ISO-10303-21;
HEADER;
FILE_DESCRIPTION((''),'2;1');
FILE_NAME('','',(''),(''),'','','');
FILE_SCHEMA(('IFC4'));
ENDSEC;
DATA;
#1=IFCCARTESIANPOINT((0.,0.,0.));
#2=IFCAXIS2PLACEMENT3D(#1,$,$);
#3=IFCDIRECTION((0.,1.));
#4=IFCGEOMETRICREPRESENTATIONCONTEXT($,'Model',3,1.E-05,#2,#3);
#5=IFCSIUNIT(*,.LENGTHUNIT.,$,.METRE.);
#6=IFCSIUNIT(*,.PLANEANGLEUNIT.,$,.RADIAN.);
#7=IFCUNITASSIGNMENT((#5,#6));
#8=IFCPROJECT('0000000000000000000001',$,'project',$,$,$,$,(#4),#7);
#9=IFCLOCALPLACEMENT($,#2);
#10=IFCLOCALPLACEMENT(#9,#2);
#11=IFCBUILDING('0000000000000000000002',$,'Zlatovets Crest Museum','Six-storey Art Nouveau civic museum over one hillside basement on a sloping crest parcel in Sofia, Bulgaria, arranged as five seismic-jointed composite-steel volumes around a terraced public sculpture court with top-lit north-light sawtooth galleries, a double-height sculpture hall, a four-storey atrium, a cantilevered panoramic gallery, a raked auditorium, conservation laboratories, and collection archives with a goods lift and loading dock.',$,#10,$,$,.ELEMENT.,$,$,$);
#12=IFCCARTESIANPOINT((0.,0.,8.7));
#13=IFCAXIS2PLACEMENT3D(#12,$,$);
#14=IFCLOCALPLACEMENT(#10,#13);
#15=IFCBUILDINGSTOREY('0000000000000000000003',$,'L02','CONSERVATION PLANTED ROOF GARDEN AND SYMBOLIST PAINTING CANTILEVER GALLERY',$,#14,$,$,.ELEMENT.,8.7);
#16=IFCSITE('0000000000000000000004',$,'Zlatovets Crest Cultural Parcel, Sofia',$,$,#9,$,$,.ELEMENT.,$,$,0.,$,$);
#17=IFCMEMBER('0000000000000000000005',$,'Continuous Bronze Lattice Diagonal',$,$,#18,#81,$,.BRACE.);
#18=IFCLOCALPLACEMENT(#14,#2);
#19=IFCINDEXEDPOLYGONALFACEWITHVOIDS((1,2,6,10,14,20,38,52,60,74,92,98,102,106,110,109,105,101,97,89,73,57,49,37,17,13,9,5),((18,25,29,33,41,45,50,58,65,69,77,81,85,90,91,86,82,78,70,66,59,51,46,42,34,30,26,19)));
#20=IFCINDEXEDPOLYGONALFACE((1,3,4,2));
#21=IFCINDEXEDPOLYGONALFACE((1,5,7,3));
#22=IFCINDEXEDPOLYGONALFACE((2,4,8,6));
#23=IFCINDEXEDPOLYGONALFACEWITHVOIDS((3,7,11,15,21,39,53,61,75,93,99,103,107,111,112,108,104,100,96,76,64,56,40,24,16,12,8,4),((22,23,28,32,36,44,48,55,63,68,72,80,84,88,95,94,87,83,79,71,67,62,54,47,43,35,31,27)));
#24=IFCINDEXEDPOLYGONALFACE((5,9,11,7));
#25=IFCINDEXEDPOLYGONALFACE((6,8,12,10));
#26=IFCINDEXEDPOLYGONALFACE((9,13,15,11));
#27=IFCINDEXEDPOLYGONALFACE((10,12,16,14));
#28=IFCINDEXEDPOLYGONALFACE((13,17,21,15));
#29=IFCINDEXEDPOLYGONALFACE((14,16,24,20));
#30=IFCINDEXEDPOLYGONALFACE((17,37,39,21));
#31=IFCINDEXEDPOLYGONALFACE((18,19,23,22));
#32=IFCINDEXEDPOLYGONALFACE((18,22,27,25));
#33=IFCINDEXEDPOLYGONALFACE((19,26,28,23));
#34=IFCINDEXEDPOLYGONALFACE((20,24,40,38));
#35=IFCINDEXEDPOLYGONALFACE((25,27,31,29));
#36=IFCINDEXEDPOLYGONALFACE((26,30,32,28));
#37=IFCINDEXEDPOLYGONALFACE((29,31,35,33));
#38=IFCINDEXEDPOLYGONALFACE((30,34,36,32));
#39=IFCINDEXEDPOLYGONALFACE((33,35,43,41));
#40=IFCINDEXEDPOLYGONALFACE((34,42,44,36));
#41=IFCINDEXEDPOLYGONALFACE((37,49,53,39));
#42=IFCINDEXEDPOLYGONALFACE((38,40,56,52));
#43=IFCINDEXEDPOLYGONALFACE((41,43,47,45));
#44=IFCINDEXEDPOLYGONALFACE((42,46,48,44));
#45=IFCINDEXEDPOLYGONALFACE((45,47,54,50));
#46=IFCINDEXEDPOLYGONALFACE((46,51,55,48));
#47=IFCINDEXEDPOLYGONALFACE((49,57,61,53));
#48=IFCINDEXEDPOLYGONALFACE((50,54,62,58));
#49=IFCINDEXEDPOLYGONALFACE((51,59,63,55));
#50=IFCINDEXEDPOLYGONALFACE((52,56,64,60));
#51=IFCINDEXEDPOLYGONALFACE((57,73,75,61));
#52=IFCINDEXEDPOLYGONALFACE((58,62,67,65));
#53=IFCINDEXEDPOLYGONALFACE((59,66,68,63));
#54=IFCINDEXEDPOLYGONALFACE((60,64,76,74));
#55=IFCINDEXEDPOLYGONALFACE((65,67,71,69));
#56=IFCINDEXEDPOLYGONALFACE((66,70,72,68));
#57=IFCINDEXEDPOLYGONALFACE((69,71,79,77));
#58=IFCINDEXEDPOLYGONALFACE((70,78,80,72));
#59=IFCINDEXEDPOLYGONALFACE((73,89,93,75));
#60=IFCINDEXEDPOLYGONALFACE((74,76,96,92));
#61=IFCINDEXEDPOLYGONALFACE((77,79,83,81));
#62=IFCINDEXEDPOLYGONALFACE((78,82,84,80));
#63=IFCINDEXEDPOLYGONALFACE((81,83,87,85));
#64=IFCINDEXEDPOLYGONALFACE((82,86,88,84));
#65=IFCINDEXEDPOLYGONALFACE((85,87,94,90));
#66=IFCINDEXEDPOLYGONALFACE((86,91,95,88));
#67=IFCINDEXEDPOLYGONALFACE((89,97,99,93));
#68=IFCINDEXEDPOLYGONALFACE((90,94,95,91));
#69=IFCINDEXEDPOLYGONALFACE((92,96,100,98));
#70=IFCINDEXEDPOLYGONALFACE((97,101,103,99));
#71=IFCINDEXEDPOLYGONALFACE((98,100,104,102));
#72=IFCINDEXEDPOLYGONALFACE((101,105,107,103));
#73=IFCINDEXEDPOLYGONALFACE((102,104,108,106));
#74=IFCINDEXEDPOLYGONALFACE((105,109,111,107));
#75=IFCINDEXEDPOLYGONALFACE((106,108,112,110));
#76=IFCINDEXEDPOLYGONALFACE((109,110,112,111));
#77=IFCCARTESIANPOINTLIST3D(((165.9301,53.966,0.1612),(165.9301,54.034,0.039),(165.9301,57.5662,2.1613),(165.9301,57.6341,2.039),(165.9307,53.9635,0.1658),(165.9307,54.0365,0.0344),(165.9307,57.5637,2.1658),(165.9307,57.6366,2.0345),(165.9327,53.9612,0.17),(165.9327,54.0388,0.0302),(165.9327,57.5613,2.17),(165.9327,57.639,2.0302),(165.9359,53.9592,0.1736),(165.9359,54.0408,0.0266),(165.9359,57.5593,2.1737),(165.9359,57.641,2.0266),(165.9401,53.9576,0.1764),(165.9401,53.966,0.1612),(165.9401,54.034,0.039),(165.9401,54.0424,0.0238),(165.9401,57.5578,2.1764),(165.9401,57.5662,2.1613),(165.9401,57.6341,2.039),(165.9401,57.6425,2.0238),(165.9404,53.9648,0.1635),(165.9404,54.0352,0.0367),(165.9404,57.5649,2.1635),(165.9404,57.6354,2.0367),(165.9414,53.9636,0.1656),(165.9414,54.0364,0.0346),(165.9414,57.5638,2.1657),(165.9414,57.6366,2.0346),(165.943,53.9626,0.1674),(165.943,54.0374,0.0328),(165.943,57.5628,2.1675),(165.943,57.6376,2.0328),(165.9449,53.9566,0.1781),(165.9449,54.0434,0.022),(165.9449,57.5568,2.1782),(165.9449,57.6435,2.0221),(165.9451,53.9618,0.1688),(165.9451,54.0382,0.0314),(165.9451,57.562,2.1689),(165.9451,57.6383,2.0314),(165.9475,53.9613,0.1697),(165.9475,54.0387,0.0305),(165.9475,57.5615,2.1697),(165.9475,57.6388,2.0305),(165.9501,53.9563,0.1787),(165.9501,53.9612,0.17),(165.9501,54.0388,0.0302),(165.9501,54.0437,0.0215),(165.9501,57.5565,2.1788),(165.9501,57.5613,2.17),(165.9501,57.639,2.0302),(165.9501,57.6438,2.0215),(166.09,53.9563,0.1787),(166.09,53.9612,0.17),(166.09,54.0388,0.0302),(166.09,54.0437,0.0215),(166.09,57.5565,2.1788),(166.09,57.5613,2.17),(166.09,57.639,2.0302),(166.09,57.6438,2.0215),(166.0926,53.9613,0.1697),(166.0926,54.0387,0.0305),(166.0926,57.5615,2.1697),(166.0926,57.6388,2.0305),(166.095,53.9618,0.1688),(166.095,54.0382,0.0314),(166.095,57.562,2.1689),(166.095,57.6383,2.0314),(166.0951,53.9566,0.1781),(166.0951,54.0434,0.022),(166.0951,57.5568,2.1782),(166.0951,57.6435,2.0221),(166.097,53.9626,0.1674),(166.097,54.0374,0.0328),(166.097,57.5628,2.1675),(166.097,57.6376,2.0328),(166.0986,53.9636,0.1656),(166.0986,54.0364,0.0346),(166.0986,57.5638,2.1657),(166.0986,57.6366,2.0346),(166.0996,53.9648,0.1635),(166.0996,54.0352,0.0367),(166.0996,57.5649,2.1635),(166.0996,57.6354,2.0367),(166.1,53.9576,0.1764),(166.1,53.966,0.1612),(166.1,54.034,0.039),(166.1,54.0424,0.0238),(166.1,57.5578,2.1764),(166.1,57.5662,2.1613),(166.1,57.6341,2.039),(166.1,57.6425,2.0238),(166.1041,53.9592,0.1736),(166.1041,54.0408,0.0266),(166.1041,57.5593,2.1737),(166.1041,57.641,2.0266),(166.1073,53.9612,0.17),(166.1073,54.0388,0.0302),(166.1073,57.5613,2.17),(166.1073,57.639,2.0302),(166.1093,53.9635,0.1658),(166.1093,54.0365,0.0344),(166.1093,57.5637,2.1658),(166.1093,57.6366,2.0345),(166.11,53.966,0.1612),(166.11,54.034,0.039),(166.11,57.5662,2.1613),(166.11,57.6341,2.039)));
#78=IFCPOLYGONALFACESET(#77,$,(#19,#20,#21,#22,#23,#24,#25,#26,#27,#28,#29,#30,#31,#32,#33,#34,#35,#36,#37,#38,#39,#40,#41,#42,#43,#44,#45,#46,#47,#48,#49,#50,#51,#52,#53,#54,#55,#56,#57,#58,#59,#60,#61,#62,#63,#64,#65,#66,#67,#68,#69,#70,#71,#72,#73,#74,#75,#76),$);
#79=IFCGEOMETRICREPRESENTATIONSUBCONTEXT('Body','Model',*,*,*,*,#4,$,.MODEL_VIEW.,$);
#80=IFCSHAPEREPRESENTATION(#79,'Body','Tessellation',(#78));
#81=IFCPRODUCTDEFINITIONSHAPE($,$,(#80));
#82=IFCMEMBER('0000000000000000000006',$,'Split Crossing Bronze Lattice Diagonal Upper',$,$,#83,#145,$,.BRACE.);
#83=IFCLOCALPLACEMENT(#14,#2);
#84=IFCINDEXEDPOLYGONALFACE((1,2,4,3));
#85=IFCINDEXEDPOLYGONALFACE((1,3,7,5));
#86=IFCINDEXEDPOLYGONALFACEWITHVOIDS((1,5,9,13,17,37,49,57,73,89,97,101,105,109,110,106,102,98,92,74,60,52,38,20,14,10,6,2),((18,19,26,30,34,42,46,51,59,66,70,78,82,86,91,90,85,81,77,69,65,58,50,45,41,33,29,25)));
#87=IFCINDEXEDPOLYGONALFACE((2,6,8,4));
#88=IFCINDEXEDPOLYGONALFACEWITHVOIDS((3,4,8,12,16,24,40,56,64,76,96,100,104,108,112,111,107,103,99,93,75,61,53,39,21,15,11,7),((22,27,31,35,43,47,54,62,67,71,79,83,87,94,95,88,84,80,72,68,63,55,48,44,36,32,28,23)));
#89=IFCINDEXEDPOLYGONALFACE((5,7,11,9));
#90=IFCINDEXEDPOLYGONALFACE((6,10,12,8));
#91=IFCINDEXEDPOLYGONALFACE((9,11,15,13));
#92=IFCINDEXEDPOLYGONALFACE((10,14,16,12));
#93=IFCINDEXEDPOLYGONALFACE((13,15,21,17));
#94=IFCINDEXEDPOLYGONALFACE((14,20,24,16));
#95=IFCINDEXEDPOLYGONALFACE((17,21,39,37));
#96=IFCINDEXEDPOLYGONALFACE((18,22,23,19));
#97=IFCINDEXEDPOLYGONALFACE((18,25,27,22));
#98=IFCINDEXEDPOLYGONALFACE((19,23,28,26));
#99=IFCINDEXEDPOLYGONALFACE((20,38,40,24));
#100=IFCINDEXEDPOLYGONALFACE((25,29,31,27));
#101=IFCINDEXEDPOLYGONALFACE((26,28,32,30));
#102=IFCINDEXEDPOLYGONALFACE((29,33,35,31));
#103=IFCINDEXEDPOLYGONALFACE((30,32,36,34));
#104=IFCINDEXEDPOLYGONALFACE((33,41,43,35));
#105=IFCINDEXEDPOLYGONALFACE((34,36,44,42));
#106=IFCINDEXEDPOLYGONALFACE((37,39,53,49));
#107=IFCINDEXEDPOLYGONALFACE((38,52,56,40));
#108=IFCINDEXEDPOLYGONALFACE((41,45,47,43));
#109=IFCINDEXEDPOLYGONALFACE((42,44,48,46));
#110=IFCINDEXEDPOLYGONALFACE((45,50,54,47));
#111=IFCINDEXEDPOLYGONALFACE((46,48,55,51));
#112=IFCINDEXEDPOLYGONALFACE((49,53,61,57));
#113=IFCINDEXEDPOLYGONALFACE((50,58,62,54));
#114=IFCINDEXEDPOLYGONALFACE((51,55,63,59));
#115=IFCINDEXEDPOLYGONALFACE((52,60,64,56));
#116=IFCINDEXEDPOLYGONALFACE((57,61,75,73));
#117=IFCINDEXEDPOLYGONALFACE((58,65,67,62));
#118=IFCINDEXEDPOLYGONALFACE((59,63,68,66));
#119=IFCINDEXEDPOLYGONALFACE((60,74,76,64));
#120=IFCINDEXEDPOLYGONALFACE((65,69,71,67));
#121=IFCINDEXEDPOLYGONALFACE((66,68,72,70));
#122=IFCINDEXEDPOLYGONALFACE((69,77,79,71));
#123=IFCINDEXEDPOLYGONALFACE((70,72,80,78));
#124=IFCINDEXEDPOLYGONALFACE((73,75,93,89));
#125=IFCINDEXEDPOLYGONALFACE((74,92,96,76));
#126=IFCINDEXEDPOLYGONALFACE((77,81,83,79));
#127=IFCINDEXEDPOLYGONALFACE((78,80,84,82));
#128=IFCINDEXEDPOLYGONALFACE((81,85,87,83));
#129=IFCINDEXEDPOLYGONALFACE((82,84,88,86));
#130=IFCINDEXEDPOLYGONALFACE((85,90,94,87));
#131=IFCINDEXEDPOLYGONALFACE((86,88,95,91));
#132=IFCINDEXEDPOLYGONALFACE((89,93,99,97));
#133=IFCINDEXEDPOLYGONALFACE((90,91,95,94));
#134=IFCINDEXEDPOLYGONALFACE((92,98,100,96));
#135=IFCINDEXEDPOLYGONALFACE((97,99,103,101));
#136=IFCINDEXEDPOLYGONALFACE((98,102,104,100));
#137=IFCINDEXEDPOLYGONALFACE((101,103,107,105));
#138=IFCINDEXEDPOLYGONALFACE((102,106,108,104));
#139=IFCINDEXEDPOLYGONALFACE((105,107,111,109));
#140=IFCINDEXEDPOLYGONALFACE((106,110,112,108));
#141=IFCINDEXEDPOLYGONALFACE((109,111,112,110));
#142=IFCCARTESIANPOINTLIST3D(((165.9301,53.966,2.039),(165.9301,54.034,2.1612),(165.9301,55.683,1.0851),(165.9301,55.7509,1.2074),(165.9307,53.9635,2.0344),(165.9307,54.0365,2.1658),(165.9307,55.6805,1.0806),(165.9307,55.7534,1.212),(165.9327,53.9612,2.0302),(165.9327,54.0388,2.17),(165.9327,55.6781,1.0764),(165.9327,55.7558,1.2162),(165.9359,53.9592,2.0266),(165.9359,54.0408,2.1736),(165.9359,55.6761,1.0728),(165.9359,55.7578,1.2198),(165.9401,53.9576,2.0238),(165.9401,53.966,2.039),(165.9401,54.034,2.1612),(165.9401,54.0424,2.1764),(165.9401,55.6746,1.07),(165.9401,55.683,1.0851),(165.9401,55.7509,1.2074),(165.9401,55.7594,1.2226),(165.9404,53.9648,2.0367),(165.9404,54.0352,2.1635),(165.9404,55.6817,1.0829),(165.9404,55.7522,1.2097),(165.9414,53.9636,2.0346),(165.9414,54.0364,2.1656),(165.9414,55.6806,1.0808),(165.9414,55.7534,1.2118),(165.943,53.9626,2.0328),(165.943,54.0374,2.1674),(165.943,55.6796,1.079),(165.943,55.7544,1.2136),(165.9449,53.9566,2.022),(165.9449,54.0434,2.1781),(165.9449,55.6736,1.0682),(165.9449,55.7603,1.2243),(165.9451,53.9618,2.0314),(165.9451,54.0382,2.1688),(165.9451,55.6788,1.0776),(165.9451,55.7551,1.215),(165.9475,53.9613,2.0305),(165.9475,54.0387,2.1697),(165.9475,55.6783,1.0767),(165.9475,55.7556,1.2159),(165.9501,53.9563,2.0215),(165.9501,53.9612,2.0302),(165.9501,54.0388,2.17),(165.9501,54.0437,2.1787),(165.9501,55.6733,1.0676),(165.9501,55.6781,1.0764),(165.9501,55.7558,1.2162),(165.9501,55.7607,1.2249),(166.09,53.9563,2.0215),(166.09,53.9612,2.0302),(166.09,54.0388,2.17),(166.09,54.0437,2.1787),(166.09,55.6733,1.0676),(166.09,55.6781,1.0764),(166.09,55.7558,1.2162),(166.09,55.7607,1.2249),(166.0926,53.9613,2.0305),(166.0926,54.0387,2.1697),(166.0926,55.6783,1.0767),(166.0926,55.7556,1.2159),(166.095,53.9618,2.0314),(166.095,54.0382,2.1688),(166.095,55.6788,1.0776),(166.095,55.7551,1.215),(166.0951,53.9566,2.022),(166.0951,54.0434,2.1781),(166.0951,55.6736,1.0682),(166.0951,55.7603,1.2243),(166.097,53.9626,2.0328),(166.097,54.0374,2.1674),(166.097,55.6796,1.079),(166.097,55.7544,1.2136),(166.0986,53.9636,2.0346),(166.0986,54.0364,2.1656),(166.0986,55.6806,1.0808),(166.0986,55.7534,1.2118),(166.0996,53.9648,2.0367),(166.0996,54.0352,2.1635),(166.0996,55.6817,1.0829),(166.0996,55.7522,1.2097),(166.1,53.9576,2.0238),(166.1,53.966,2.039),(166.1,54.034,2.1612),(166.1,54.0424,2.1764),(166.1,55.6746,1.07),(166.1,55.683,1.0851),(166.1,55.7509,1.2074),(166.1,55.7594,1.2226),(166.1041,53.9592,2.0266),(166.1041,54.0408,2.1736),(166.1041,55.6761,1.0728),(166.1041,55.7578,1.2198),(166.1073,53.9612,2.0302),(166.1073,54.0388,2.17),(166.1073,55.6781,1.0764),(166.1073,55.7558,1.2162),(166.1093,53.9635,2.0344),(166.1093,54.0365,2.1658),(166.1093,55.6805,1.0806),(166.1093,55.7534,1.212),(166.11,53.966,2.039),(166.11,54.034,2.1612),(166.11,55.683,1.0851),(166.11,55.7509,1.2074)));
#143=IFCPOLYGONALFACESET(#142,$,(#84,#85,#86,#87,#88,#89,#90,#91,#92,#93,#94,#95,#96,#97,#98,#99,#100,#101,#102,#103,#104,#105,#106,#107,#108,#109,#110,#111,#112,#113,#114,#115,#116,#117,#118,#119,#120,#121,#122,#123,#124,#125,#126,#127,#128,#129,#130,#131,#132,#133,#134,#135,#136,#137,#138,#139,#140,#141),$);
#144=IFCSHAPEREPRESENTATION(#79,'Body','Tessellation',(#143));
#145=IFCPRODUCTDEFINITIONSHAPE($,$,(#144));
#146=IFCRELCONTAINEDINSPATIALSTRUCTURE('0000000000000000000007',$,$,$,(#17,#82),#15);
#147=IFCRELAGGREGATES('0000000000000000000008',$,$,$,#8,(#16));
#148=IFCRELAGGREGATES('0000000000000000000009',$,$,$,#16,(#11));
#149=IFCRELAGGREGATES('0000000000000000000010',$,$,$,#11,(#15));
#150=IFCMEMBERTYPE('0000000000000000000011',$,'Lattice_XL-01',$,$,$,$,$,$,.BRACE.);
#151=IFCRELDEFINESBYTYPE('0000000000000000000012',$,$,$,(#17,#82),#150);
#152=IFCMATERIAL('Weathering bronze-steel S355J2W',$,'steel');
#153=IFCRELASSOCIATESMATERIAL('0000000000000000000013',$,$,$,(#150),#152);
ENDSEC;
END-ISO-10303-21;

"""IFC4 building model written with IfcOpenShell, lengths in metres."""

from ifc_helpers import new_model, si_unit, direction, frame, origin, origin_2d, place, context, subcontext, project, spatial, hollow_rectangle, extrude, material, material_profile, profile_set, type_object, element, save


model = new_model("IFC4")

# Units and contexts
model_context = context("Model", 3, precision=1e-05, world=origin(), true_north=direction((0.0, 1.0)))
body_context = subcontext(model_context, "Body", "Model", "MODEL_VIEW")
ifc_project = project(units=[si_unit("LENGTHUNIT", "METRE"), si_unit("PLANEANGLEUNIT", "RADIAN")], contexts=[model_context])

# Site, building, storey
site_placement = place(None, origin())
site = spatial("IfcSite", under=ifc_project, at=site_placement, Name="Zlatovets Crest Cultural Parcel, Sofia", CompositionType="ELEMENT", RefElevation=0.0)
building_placement = place(site_placement, origin())
building = spatial("IfcBuilding", under=site, at=building_placement, Name="Zlatovets Crest Museum", Description="Six-storey Art Nouveau civic museum over one hillside basement on a sloping crest parcel in Sofia, Bulgaria, arranged as five seismic-jointed composite-steel volumes around a terraced public sculpture court with top-lit north-light sawtooth galleries, a double-height sculpture hall, a four-storey atrium, a cantilevered panoramic gallery, a raked auditorium, conservation laboratories, and collection archives with a goods lift and loading dock.", CompositionType="ELEMENT")
storey_placement = place(building_placement, frame((0.0, 0.0, 8.7)))
storey = spatial("IfcBuildingStorey", under=building, at=storey_placement, Name="L02", Description="CONSERVATION PLANTED ROOF GARDEN AND SYMBOLIST PAINTING CANTILEVER GALLERY", CompositionType="ELEMENT", Elevation=8.7)

# Members
ifc_material_1 = material(Name="Weathering bronze-steel S355J2W", Category="steel")
ifc_material_profile_1 = material_profile(ifc_material_1, hollow_rectangle(XDim=0.1799, YDim=0.1799, WallThickness=0.01, InnerFilletRadius=0.01, OuterFilletRadius=0.02, at=origin_2d()), Name="SHS 180x180x10.0")
ifc_profile_set_1 = profile_set([ifc_material_profile_1], Name="Weathering bronze-steel S355J2W")
member_type_1 = type_object("IfcMemberType", Name="Lattice_XL-01", PredefinedType="BRACE", material=ifc_profile_set_1)
member_1_placement = place(storey_placement, frame((166.02, 54.0, 0.1001), z_axis=(0.0, 0.874163, 0.485633), x_axis=(-1.0, 0.0, 0.0)))
element("IfcMember", 1, at=member_1_placement, inside=storey, type_object=member_type_1, Name="Continuous Bronze Lattice Diagonal", PredefinedType="BRACE", context=body_context, shape_type="SweptSolid", body=[
    extrude(hollow_rectangle(XDim=0.1799, YDim=0.1799, WallThickness=0.01, InnerFilletRadius=0.01, OuterFilletRadius=0.02, at=origin_2d()), origin(), (0.0, 0.0, 1.0), 4.1184),
])
for number, where, z_axis, x_axis, name in (
    (2, (166.02, 54.0, 2.1001), (0.0, 0.874169, -0.485622), (-1.0, 0.0, 0.0), "Split Crossing Bronze Lattice Diagonal Upper"),
):
    element("IfcMember", number, at=place(storey_placement, frame(where, z_axis=z_axis, x_axis=x_axis)), inside=storey, type_object=member_type_1, Name=name, PredefinedType="BRACE", context=body_context, shape_type="SweptSolid", body=[
        extrude(hollow_rectangle(XDim=0.1799, YDim=0.1799, WallThickness=0.01, InnerFilletRadius=0.01, OuterFilletRadius=0.02, at=origin_2d()), origin(), (0.0, 0.0, 1.0), 1.9641),
    ])

save(model, "model.ifc")
